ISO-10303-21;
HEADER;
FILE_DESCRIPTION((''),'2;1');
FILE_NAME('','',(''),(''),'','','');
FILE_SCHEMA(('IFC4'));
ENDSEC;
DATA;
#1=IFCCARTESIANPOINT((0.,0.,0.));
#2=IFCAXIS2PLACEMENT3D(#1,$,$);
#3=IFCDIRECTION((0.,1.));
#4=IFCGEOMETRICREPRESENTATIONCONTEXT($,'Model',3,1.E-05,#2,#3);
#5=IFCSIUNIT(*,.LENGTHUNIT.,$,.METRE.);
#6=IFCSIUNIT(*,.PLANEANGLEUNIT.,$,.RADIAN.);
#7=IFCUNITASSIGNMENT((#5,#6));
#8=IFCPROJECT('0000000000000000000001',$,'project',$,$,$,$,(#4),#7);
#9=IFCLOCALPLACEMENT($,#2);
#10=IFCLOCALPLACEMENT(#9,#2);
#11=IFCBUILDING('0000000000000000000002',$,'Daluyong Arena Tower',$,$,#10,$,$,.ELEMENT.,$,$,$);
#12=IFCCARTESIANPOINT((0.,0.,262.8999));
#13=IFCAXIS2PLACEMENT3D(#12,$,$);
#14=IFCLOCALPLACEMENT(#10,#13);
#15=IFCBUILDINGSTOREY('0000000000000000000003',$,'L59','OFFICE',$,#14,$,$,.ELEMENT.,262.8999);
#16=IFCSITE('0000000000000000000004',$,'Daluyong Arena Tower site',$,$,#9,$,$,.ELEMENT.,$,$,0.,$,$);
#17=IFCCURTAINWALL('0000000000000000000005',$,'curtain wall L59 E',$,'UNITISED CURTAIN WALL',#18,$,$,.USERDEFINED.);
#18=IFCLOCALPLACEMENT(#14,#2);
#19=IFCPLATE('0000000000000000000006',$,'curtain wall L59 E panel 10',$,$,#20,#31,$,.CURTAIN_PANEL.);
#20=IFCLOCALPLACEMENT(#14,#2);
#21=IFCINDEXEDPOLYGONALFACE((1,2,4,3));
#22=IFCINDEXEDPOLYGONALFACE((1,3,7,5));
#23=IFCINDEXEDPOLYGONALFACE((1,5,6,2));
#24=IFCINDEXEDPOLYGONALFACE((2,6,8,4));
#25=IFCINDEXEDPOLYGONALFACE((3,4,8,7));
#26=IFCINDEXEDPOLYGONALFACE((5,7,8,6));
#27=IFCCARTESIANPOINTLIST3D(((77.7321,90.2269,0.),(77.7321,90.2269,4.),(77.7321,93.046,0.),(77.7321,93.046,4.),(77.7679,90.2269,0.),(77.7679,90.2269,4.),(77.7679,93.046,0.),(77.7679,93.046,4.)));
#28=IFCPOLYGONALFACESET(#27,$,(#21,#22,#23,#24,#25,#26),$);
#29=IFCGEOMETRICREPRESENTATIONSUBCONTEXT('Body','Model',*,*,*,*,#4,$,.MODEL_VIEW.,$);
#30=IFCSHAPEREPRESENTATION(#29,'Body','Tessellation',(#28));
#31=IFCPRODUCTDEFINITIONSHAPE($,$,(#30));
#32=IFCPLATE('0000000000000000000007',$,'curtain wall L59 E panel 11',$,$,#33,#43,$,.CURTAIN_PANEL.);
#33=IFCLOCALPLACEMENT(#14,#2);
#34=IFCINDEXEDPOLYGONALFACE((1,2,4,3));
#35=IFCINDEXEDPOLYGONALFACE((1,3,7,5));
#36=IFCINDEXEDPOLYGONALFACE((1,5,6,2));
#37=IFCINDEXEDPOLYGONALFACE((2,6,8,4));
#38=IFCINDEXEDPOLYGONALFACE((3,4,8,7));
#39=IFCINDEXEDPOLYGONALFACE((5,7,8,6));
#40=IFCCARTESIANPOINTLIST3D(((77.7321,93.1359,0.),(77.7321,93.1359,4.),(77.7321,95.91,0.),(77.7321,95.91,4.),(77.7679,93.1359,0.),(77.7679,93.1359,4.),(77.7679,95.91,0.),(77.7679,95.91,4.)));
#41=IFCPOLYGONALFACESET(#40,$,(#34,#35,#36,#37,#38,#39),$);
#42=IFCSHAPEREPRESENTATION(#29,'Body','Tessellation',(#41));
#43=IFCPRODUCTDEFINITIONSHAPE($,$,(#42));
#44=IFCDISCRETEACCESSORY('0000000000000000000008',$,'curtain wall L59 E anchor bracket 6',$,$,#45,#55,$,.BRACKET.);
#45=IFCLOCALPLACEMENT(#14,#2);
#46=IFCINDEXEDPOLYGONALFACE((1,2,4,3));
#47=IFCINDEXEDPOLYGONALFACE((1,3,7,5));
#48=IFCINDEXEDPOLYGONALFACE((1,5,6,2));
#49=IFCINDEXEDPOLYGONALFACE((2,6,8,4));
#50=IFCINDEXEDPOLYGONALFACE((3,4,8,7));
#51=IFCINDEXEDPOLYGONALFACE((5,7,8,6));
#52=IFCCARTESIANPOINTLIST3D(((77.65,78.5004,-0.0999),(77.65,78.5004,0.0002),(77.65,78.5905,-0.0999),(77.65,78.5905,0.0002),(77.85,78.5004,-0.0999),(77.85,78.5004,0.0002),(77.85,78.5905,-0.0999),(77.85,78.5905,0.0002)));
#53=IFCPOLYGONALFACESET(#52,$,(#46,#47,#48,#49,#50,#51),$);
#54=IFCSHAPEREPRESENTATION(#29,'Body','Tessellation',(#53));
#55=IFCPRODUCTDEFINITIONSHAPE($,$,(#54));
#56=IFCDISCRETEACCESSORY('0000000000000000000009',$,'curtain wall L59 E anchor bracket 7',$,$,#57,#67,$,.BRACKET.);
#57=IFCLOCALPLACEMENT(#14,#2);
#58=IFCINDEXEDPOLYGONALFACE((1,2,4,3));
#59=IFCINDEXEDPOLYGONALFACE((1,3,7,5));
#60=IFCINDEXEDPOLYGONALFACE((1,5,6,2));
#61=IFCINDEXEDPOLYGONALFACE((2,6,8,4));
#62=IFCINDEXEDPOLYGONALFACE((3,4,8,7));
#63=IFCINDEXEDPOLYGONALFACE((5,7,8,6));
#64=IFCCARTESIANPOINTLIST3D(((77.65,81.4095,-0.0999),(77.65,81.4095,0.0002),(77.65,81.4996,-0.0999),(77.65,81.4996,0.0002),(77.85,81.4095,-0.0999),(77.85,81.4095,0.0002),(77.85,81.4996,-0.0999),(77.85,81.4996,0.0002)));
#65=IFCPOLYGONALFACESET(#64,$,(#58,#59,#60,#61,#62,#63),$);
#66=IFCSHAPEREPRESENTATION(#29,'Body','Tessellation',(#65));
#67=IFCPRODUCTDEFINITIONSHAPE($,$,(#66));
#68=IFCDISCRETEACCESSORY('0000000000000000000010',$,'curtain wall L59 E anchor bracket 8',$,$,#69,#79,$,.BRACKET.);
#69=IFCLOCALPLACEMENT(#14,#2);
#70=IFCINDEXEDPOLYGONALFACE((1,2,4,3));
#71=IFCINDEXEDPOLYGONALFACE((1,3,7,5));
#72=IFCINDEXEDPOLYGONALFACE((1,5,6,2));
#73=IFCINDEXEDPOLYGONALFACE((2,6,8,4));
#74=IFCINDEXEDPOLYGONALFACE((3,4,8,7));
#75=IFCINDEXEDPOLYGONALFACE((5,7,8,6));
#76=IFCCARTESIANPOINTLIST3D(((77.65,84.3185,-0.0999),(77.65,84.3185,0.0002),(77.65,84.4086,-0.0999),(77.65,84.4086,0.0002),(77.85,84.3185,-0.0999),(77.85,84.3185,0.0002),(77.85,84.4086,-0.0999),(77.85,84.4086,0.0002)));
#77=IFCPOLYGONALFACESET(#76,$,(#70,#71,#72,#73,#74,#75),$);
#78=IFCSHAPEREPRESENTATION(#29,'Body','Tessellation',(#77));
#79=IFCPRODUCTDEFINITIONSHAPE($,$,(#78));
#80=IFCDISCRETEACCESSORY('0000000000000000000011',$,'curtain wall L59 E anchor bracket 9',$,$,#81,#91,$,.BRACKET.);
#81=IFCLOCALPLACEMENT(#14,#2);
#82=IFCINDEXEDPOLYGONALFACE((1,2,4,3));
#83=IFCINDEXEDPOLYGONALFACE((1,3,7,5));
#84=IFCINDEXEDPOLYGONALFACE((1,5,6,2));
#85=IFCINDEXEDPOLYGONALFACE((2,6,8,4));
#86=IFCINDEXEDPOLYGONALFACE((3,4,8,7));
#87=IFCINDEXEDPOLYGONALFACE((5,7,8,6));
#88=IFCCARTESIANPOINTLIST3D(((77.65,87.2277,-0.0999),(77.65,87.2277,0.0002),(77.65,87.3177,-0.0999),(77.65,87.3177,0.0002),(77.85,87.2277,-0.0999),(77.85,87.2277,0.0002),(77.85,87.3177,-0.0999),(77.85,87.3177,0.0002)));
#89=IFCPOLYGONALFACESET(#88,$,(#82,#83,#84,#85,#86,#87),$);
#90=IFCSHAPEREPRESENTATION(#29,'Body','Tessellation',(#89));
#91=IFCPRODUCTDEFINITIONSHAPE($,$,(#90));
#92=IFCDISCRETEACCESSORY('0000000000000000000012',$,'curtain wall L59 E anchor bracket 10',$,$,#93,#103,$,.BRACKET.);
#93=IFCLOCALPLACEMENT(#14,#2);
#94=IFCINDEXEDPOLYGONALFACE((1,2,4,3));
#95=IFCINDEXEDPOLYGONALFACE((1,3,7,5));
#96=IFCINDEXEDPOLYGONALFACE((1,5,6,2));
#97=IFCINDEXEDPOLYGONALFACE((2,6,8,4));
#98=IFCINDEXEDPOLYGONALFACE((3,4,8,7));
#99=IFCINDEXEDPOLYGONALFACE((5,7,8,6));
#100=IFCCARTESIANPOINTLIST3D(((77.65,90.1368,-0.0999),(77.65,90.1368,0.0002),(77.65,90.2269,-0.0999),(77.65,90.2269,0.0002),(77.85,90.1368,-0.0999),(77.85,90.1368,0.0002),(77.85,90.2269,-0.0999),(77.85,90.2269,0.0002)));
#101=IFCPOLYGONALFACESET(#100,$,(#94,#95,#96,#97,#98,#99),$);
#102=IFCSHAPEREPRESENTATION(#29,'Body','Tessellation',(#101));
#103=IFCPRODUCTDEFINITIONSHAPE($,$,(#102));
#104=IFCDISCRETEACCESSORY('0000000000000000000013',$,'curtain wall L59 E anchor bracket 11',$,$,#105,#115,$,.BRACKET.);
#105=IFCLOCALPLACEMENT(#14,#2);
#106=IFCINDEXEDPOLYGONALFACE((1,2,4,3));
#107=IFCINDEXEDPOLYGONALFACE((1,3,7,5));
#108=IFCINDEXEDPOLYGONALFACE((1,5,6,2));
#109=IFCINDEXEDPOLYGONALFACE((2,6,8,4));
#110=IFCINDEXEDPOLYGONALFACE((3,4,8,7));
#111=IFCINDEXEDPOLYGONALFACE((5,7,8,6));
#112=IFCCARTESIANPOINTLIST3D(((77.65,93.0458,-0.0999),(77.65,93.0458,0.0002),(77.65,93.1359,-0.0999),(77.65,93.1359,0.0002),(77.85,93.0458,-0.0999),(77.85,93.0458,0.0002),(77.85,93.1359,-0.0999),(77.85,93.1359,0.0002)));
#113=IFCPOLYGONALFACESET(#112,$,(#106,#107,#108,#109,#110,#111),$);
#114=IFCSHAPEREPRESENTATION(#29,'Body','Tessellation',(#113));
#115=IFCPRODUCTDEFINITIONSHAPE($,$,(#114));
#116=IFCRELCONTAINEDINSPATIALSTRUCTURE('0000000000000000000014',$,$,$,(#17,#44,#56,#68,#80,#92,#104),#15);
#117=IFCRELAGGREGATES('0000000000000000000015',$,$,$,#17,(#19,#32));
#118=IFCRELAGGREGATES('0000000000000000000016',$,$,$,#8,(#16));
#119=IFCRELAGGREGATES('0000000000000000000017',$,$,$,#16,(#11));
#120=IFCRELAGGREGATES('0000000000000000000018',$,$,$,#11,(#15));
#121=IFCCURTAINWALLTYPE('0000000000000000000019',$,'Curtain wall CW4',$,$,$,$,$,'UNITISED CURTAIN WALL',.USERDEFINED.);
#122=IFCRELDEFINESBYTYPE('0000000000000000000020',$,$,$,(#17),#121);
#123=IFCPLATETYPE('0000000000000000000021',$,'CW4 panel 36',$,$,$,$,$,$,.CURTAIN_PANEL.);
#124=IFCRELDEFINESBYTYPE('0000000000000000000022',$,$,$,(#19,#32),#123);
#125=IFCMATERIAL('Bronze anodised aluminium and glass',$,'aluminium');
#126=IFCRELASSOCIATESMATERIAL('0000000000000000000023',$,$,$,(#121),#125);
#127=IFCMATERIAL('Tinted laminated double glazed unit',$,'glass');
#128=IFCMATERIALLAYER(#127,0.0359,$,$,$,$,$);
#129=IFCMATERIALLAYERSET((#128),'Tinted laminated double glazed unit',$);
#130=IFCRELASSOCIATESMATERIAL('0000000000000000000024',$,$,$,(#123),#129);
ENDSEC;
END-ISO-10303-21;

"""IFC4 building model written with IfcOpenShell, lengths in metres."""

from ifc_helpers import new_model, si_unit, direction, frame, origin, origin_2d, place, context, subcontext, project, spatial, rectangle, extrude, material, layer, layer_set, type_object, element, aggregate, save


model = new_model("IFC4")

# Units and contexts
model_context = context("Model", 3, precision=1e-05, world=origin(), true_north=direction((0.0, 1.0)))
body_context = subcontext(model_context, "Body", "Model", "MODEL_VIEW")
ifc_project = project(units=[si_unit("LENGTHUNIT", "METRE"), si_unit("PLANEANGLEUNIT", "RADIAN")], contexts=[model_context])

# Site, building, storey
site_placement = place(None, origin())
site = spatial("IfcSite", under=ifc_project, at=site_placement, Name="Daluyong Arena Tower site", CompositionType="ELEMENT", RefElevation=0.0)
building_placement = place(site_placement, origin())
building = spatial("IfcBuilding", under=site, at=building_placement, Name="Daluyong Arena Tower", CompositionType="ELEMENT")
storey_placement = place(building_placement, frame((0.0, 0.0, 262.8999)))
storey = spatial("IfcBuildingStorey", under=building, at=storey_placement, Name="L59", Description="OFFICE", CompositionType="ELEMENT", Elevation=262.8999)

# Curtain wall
ifc_material_1 = material(Name="Bronze anodised aluminium and glass", Category="aluminium")
curtain_wall_type = type_object("IfcCurtainWallType", Name="Curtain wall CW4", ElementType="UNITISED CURTAIN WALL", PredefinedType="USERDEFINED", material=ifc_material_1)
curtain_wall_placement = place(storey_placement, origin())
curtain_wall = element("IfcCurtainWall", 1, at=curtain_wall_placement, inside=storey, type_object=curtain_wall_type, Name="curtain wall L59 E", ObjectType="UNITISED CURTAIN WALL", PredefinedType="USERDEFINED")

# Plates
ifc_material_2 = material(Name="Tinted laminated double glazed unit", Category="glass")
ifc_layer = layer(ifc_material_2, 0.0359)
ifc_layer_set = layer_set([ifc_layer], Name="Tinted laminated double glazed unit")
plate_type = type_object("IfcPlateType", Name="CW4 panel 36", PredefinedType="CURTAIN_PANEL", material=ifc_layer_set)
plate_1_placement = place(storey_placement, frame((77.75, 91.6365, 0.0), z_axis=(0.0, 0.0, 1.0), x_axis=(0.0, 1.0, 0.0)))
plate_1 = element("IfcPlate", 2, at=plate_1_placement, type_object=plate_type, Name="curtain wall L59 E panel 10", PredefinedType="CURTAIN_PANEL", context=body_context, shape_type="SweptSolid", body=[
    extrude(rectangle(XDim=2.8191, YDim=0.0359, at=origin_2d()), origin(), (0.0, 0.0, 1.0), 4.0),
])
plate_2_placement = place(storey_placement, frame((77.75, 94.5229, 0.0), z_axis=(0.0, 0.0, 1.0), x_axis=(0.0, 1.0, 0.0)))
plate_2 = element("IfcPlate", 3, at=plate_2_placement, type_object=plate_type, Name="curtain wall L59 E panel 11", PredefinedType="CURTAIN_PANEL", context=body_context, shape_type="SweptSolid", body=[
    extrude(rectangle(XDim=2.7742, YDim=0.0359, at=origin_2d()), origin(), (0.0, 0.0, 1.0), 4.0),
])
aggregate(curtain_wall, [plate_1, plate_2])

# Discrete accessories
for number, where, z_axis, x_axis, name in (
    (4, (77.75, 78.5454, -0.0999), (0.0, 0.0, 1.0), (0.0, 1.0, 0.0), "curtain wall L59 E anchor bracket 6"),
    (5, (77.75, 81.4546, -0.0999), (0.0, 0.0, 1.0), (0.0, 1.0, 0.0), "curtain wall L59 E anchor bracket 7"),
    (6, (77.75, 84.3635, -0.0999), (0.0, 0.0, 1.0), (0.0, 1.0, 0.0), "curtain wall L59 E anchor bracket 8"),
    (7, (77.75, 87.2727, -0.0999), (0.0, 0.0, 1.0), (0.0, 1.0, 0.0), "curtain wall L59 E anchor bracket 9"),
    (8, (77.75, 90.1819, -0.0999), (0.0, 0.0, 1.0), (0.0, 1.0, 0.0), "curtain wall L59 E anchor bracket 10"),
    (9, (77.75, 93.0908, -0.0999), (0.0, 0.0, 1.0), (0.0, 1.0, 0.0), "curtain wall L59 E anchor bracket 11"),
):
    element("IfcDiscreteAccessory", number, at=place(storey_placement, frame(where, z_axis=z_axis, x_axis=x_axis)), inside=storey, Name=name, PredefinedType="BRACKET", context=body_context, shape_type="SweptSolid", body=[
        extrude(rectangle(XDim=0.0901, YDim=0.2, at=origin_2d()), origin(), (0.0, 0.0, 1.0), 0.1001),
    ])

save(model, "model.ifc")
